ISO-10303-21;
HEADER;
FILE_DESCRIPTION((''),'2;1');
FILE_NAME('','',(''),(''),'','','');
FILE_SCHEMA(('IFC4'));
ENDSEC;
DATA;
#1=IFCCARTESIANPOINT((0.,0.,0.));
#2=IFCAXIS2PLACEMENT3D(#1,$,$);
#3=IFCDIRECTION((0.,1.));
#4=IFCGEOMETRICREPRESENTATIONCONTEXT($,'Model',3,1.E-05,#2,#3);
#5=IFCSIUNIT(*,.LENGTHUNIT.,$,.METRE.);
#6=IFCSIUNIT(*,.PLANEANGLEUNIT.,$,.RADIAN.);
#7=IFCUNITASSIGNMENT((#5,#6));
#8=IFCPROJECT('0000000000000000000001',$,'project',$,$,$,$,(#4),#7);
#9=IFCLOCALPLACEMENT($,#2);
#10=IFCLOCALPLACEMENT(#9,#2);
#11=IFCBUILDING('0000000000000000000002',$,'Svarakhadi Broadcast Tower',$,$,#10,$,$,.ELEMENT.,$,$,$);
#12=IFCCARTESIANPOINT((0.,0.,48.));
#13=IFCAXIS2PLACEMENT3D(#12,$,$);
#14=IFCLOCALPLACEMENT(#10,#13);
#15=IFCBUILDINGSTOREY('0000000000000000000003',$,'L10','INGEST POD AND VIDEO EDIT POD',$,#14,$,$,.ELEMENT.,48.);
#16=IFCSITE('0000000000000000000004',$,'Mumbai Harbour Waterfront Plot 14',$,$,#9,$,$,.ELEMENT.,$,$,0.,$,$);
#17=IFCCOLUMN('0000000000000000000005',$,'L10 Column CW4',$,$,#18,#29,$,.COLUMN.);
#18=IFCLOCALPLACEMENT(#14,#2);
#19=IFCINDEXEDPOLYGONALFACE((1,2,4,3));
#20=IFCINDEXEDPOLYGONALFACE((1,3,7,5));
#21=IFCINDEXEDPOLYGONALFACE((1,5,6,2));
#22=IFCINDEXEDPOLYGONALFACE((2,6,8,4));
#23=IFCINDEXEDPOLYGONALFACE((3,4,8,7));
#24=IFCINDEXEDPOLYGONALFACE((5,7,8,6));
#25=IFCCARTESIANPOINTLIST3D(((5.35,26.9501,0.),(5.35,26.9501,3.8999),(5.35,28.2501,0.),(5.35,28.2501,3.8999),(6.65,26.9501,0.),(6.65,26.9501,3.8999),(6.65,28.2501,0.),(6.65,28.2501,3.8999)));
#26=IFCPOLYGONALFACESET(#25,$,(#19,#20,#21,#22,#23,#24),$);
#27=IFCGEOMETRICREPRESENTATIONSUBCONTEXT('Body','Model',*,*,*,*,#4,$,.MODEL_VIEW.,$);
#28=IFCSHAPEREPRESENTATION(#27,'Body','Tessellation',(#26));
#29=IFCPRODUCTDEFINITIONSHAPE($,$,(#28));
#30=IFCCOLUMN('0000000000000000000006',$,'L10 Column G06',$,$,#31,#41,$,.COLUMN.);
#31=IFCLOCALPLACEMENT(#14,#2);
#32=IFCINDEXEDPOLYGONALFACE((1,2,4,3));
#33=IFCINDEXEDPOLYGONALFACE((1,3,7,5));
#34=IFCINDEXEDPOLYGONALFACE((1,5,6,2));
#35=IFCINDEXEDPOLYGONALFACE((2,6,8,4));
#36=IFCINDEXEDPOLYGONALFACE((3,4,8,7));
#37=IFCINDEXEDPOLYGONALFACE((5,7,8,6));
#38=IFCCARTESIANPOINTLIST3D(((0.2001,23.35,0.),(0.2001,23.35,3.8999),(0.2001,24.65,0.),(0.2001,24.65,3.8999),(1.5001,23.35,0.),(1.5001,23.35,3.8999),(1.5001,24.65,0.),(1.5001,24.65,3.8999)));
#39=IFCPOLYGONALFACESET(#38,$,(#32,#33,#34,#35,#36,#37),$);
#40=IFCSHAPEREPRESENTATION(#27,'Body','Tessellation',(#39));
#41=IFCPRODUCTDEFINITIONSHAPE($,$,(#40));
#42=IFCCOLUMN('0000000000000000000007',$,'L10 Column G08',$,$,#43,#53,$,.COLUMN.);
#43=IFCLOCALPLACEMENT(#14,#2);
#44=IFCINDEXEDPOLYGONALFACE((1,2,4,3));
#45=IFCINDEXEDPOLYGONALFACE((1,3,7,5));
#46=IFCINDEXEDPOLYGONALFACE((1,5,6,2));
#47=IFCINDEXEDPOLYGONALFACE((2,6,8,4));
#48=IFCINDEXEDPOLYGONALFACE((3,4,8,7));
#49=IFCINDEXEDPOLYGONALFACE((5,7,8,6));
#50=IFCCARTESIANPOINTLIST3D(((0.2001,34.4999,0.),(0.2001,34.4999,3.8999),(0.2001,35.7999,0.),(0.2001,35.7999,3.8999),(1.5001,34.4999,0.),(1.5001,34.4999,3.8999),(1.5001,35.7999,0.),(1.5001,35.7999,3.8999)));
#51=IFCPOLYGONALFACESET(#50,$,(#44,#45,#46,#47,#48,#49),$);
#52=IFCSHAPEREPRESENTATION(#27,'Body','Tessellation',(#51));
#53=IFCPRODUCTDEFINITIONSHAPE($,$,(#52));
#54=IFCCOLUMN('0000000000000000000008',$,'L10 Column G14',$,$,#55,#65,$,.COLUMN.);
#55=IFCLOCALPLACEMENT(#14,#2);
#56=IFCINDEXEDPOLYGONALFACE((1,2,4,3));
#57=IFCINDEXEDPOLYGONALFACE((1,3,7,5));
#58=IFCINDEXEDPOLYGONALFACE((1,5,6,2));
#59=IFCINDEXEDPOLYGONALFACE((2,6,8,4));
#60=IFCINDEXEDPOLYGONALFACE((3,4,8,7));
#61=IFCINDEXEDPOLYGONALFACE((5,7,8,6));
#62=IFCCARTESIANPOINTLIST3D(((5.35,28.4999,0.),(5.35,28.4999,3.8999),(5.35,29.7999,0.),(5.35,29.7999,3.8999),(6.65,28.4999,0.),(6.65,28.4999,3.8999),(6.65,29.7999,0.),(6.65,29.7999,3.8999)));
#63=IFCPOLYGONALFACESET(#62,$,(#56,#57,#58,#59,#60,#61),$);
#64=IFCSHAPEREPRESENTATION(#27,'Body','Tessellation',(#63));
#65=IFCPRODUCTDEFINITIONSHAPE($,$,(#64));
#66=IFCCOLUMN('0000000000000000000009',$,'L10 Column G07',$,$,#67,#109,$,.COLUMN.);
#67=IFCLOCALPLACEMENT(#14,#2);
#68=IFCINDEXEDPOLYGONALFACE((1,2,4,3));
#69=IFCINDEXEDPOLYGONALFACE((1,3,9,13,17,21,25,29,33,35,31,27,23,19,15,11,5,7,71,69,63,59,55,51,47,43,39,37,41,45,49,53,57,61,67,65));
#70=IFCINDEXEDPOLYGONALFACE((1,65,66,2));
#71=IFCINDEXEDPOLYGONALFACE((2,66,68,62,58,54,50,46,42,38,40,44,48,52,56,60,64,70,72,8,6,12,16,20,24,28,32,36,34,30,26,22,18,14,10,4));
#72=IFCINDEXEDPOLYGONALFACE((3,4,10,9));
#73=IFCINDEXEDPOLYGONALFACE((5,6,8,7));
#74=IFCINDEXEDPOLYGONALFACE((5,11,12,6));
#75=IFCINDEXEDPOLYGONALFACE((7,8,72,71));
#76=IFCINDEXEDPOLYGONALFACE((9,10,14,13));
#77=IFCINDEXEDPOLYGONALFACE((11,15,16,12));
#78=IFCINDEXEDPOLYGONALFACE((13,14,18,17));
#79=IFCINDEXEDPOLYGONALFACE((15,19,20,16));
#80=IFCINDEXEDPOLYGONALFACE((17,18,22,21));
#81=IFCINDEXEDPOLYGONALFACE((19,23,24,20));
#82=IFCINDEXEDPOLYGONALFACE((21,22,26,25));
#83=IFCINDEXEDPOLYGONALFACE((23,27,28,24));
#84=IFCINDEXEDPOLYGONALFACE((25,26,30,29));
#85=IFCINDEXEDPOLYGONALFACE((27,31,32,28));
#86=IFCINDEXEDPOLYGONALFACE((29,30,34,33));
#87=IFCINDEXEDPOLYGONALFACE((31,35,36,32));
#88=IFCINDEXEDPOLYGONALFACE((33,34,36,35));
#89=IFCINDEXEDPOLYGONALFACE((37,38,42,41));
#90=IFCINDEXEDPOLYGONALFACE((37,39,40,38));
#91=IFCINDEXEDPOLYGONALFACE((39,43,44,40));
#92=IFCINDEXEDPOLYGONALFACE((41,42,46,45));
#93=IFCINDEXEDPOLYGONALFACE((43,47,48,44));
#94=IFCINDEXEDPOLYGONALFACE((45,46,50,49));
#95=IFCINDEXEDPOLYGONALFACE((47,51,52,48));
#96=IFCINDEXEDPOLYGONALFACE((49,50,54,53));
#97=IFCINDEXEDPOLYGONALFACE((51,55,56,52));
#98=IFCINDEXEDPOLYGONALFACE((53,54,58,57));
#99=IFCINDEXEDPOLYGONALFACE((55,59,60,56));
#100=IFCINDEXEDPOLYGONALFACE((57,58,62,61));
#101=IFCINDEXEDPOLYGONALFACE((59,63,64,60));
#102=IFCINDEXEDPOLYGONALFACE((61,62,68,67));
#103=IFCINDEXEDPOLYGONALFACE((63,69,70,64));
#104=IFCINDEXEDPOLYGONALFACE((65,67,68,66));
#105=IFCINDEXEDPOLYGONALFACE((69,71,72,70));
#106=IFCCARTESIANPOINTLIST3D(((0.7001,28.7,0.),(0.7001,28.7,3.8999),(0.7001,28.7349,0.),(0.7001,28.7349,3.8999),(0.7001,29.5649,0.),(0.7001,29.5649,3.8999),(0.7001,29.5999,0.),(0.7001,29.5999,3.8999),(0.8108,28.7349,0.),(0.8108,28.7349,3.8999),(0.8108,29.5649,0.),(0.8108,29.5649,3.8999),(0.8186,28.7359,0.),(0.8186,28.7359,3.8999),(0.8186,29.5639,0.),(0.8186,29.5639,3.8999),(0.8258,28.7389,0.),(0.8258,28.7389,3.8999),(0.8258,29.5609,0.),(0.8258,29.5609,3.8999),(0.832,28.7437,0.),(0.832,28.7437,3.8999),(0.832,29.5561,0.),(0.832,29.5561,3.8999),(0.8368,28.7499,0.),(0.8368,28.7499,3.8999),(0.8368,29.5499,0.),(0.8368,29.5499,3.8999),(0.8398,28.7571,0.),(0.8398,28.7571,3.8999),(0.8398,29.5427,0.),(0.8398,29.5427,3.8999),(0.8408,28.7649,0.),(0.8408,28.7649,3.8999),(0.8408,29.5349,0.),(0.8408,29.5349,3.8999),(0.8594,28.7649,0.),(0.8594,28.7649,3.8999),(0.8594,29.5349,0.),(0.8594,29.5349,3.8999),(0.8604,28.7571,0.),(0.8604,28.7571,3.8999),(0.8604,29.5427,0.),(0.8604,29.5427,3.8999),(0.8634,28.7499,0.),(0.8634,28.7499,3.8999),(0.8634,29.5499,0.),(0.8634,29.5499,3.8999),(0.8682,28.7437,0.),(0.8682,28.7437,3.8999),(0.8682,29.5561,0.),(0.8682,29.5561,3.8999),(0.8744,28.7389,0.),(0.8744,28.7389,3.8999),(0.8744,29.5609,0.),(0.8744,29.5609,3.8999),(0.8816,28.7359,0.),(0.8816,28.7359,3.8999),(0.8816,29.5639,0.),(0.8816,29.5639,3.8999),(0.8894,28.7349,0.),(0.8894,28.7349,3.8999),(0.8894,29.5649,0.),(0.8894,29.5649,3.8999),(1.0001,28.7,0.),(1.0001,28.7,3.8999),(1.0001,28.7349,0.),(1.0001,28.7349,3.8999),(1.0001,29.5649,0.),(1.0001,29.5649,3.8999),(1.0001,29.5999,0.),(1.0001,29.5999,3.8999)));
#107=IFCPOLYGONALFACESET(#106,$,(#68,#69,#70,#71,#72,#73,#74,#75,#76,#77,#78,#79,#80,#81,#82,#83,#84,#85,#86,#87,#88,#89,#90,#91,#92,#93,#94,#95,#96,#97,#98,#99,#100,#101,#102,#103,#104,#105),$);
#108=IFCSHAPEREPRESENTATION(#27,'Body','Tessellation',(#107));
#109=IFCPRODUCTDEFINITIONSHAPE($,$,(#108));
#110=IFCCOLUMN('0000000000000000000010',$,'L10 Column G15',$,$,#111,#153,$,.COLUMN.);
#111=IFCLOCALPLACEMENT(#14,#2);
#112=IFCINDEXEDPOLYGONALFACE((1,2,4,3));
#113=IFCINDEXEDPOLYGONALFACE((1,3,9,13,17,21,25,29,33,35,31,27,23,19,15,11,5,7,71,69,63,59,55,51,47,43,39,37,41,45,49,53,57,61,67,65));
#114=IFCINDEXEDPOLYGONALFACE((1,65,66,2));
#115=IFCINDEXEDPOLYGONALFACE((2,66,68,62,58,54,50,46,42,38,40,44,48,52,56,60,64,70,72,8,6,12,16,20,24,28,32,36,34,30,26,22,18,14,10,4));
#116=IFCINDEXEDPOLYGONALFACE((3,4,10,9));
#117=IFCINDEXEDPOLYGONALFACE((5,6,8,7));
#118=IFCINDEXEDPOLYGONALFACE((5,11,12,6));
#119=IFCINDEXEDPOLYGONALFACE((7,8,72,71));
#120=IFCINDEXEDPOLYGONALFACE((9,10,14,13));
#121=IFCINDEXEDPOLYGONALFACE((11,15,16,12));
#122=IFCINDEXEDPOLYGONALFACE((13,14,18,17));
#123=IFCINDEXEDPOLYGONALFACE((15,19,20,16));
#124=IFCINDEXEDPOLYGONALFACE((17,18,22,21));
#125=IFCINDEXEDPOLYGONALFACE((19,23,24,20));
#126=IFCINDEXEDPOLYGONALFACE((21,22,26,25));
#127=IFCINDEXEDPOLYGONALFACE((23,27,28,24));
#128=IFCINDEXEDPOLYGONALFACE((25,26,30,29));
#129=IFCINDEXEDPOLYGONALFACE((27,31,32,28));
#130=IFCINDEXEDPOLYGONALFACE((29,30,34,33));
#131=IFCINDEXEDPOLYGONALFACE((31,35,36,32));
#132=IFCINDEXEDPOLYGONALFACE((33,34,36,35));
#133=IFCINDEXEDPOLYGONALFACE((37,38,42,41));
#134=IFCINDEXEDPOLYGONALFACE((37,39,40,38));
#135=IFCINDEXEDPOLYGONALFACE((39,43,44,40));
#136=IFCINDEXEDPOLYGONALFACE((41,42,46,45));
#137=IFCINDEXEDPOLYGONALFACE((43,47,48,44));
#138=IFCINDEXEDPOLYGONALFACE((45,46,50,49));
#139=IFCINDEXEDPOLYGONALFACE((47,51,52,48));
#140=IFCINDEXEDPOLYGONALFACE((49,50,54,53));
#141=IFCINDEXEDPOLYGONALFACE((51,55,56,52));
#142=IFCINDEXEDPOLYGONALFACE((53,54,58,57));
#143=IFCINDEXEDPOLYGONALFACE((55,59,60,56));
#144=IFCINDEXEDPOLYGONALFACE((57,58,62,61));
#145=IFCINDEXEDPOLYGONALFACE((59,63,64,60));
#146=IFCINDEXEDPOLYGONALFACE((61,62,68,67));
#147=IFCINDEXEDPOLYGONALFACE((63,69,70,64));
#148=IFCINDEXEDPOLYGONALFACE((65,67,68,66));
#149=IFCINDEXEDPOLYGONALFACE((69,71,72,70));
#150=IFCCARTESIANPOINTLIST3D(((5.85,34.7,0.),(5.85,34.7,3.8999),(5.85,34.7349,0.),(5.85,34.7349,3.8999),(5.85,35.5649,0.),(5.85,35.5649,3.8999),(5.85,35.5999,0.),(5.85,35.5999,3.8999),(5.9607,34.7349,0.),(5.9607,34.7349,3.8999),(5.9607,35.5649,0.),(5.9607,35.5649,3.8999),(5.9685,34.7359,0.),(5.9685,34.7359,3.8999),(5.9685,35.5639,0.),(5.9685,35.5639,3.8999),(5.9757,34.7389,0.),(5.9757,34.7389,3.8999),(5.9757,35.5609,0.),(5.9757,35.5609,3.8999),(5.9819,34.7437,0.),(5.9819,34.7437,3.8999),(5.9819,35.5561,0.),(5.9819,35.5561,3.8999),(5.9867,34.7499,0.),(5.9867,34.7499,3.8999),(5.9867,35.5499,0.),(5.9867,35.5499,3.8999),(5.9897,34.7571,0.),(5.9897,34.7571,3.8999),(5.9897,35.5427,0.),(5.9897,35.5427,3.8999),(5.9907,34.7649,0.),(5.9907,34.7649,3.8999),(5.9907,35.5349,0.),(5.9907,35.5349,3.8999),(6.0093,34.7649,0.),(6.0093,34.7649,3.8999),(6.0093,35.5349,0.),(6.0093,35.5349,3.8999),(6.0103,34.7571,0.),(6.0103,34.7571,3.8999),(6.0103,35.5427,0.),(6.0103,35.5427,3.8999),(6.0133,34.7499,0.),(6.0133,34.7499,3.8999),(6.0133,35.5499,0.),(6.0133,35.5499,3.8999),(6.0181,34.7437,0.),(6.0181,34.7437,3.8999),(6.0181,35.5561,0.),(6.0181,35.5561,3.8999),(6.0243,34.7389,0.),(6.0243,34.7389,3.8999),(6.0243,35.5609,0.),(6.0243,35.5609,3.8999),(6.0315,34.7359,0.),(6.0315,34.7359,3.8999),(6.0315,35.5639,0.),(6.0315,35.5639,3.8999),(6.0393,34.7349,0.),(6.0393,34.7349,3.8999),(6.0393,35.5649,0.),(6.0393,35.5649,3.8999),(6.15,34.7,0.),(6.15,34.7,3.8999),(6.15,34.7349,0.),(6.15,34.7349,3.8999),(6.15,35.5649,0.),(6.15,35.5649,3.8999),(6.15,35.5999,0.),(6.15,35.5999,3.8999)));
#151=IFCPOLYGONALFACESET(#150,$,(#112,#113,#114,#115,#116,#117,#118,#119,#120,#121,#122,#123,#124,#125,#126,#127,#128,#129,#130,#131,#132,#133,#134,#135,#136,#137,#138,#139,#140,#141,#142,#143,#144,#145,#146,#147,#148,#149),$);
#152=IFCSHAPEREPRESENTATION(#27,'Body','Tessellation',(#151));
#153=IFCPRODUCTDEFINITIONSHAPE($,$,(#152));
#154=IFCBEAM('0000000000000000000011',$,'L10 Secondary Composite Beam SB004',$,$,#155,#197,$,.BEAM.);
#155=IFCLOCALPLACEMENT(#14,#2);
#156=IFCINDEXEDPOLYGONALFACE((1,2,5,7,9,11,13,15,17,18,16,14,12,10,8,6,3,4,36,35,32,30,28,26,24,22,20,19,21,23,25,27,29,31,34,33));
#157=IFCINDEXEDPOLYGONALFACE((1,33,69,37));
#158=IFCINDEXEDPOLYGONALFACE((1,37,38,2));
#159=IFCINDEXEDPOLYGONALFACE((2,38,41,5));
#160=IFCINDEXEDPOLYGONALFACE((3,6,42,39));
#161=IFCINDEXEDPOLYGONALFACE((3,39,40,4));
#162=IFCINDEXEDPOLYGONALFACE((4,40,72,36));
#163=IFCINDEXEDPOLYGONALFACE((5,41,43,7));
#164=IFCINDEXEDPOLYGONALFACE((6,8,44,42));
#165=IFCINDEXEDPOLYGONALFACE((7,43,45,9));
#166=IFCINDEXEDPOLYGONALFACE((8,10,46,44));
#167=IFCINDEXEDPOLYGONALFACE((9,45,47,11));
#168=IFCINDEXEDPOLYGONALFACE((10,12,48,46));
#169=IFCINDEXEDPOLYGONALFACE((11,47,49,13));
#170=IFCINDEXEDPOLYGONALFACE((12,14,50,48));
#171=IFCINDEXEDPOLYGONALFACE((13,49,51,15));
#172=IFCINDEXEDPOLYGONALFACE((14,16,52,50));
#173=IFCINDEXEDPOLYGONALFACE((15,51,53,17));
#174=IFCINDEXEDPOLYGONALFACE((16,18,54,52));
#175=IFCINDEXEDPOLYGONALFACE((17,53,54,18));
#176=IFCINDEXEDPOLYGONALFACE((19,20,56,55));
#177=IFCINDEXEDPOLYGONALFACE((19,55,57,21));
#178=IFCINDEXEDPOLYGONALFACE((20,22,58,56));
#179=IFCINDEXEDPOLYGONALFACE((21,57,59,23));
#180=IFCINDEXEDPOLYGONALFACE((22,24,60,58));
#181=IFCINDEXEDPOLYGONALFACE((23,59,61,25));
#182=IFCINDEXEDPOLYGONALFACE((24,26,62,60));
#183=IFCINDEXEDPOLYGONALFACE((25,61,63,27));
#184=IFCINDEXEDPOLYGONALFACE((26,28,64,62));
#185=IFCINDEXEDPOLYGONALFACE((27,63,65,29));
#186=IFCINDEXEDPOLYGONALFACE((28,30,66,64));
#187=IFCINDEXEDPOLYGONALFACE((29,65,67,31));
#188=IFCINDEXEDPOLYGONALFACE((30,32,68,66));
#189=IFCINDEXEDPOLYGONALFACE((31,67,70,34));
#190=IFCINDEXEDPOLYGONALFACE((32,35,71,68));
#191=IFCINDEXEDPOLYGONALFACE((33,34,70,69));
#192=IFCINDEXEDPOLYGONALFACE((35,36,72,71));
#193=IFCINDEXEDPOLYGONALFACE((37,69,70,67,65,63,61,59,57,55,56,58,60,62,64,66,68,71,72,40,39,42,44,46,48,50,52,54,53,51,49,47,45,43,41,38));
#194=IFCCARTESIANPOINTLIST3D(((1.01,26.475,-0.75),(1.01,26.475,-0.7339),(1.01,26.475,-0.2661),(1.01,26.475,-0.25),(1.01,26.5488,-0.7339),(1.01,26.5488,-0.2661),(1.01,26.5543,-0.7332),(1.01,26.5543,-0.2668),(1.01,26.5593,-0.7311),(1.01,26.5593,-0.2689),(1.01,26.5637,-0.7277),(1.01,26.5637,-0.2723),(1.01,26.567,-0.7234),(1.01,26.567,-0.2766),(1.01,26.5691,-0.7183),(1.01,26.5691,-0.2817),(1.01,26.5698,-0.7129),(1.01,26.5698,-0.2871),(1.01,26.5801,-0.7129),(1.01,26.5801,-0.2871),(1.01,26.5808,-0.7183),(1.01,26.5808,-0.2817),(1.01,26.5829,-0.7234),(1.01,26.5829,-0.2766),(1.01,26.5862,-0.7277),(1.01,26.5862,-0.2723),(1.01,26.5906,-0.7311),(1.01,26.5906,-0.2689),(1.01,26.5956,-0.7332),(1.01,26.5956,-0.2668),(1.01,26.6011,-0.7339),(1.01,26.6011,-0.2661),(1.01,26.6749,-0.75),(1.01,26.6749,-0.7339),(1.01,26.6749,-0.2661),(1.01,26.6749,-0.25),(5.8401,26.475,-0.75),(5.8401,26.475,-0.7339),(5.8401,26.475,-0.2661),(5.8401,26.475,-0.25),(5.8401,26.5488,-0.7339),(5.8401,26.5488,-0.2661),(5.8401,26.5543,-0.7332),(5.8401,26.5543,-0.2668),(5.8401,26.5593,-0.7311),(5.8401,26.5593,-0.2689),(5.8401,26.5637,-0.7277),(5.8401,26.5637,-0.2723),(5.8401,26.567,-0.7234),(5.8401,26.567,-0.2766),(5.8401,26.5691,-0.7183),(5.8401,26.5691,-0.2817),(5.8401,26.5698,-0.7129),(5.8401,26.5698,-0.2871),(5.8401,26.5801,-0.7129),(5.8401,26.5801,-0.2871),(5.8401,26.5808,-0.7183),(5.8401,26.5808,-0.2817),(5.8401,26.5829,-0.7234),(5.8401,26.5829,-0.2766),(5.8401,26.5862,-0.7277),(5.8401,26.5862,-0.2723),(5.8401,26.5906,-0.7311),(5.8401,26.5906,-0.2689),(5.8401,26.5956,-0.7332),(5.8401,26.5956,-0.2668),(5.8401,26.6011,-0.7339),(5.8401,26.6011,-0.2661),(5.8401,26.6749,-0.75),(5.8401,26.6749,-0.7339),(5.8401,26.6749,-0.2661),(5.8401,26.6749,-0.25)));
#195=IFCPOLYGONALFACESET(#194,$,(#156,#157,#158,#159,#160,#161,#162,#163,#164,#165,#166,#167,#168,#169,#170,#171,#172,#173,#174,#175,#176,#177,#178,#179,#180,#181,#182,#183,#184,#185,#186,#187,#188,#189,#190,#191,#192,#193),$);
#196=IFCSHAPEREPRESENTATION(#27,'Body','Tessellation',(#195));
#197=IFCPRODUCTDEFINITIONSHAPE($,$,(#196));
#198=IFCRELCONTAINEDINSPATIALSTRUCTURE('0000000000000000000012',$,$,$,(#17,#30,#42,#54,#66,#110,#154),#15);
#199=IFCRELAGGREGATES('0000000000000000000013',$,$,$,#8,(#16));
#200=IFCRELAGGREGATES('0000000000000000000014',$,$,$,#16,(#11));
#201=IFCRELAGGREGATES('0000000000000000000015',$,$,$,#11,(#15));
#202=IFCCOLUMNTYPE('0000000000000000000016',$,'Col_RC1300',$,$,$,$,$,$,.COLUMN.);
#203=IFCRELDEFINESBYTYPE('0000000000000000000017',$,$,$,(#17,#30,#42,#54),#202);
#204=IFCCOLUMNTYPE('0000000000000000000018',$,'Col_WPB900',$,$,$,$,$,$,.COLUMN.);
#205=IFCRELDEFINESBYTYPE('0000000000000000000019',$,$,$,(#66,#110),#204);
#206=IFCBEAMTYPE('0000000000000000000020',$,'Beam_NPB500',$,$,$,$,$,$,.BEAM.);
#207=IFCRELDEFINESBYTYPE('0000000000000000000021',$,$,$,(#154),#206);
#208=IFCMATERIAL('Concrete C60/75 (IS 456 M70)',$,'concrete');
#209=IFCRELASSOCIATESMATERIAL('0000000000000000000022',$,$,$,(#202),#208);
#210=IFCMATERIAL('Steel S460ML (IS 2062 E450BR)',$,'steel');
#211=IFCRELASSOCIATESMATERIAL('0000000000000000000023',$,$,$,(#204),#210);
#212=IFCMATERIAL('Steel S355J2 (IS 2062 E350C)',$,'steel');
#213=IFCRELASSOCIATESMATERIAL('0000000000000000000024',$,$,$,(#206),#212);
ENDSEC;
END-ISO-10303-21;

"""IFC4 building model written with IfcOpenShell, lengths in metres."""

from ifc_helpers import new_model, si_unit, direction, frame, origin, origin_2d, place, context, subcontext, project, spatial, rectangle, i_section, extrude, material, material_profile, profile_set, type_object, element, save


model = new_model("IFC4")

# Units and contexts
model_context = context("Model", 3, precision=1e-05, world=origin(), true_north=direction((0.0, 1.0)))
body_context = subcontext(model_context, "Body", "Model", "MODEL_VIEW")
ifc_project = project(units=[si_unit("LENGTHUNIT", "METRE"), si_unit("PLANEANGLEUNIT", "RADIAN")], contexts=[model_context])

# Site, building, storey
site_placement = place(None, origin())
site = spatial("IfcSite", under=ifc_project, at=site_placement, Name="Mumbai Harbour Waterfront Plot 14", CompositionType="ELEMENT", RefElevation=0.0)
building_placement = place(site_placement, origin())
building = spatial("IfcBuilding", under=site, at=building_placement, Name="Svarakhadi Broadcast Tower", CompositionType="ELEMENT")
storey_placement = place(building_placement, frame((0.0, 0.0, 48.0)))
storey = spatial("IfcBuildingStorey", under=building, at=storey_placement, Name="L10", Description="INGEST POD AND VIDEO EDIT POD", CompositionType="ELEMENT", Elevation=48.0)

# Columns
ifc_material_1 = material(Name="Concrete C60/75 (IS 456 M70)", Category="concrete")
ifc_material_profile_1 = material_profile(ifc_material_1, rectangle(XDim=1.3, YDim=1.3, at=origin_2d()), Name="RC 1300x1300")
ifc_profile_set_1 = profile_set([ifc_material_profile_1], Name="Concrete C60/75 (IS 456 M70)")
column_type_1 = type_object("IfcColumnType", Name="Col_RC1300", PredefinedType="COLUMN", material=ifc_profile_set_1)
for number, where, z_axis, x_axis, name in (
    (1, (6.0, 27.6001, 0.0), (0.0, 0.0, 1.0), (1.0, 0.0, 0.0), "L10 Column CW4"),
    (2, (0.8501, 24.0, 0.0), (0.0, 0.0, 1.0), (1.0, 0.0, 0.0), "L10 Column G06"),
    (3, (0.8501, 35.1499, 0.0), (0.0, 0.0, 1.0), (1.0, 0.0, 0.0), "L10 Column G08"),
    (4, (6.0, 29.1499, 0.0), (0.0, 0.0, 1.0), (1.0, 0.0, 0.0), "L10 Column G14"),
):
    element("IfcColumn", number, at=place(storey_placement, frame(where, z_axis=z_axis, x_axis=x_axis)), inside=storey, type_object=column_type_1, Name=name, PredefinedType="COLUMN", context=body_context, shape_type="SweptSolid", body=[
        extrude(rectangle(XDim=1.3, YDim=1.3, at=origin_2d()), origin(), (0.0, 0.0, 1.0), 3.8999),
    ])
ifc_material_2 = material(Name="Steel S460ML (IS 2062 E450BR)", Category="steel")
ifc_material_profile_2 = material_profile(ifc_material_2, i_section(OverallWidth=0.3, OverallDepth=0.8999, WebThickness=0.0186, FlangeThickness=0.0349, FilletRadius=0.03, at=origin_2d()), Name="WPB 900x300x291")
ifc_profile_set_2 = profile_set([ifc_material_profile_2], Name="Steel S460ML (IS 2062 E450BR)")
column_type_2 = type_object("IfcColumnType", Name="Col_WPB900", PredefinedType="COLUMN", material=ifc_profile_set_2)
for number, where, z_axis, x_axis, name in (
    (5, (0.8501, 29.1499, 0.0), (0.0, 0.0, 1.0), (1.0, 0.0, 0.0), "L10 Column G07"),
    (6, (6.0, 35.1499, 0.0), (0.0, 0.0, 1.0), (1.0, 0.0, 0.0), "L10 Column G15"),
):
    element("IfcColumn", number, at=place(storey_placement, frame(where, z_axis=z_axis, x_axis=x_axis)), inside=storey, type_object=column_type_2, Name=name, PredefinedType="COLUMN", context=body_context, shape_type="SweptSolid", body=[
        extrude(i_section(OverallWidth=0.3, OverallDepth=0.8999, WebThickness=0.0186, FlangeThickness=0.0349, FilletRadius=0.03, at=origin_2d()), origin(), (0.0, 0.0, 1.0), 3.8999),
    ])

# Beam
ifc_material_3 = material(Name="Steel S355J2 (IS 2062 E350C)", Category="steel")
ifc_material_profile_3 = material_profile(ifc_material_3, i_section(OverallWidth=0.2, OverallDepth=0.5, WebThickness=0.0103, FlangeThickness=0.0161, FilletRadius=0.021, at=origin_2d()), Name="NPB 500x200x91")
ifc_profile_set_3 = profile_set([ifc_material_profile_3], Name="Steel S355J2 (IS 2062 E350C)")
beam_type_1 = type_object("IfcBeamType", Name="Beam_NPB500", PredefinedType="BEAM", material=ifc_profile_set_3)
for number, where, z_axis, x_axis, name in (
    (7, (1.01, 26.575, -0.5), (1.0, 0.0, 0.0), (0.0, 1.0, 0.0), "L10 Secondary Composite Beam SB004"),
):
    element("IfcBeam", number, at=place(storey_placement, frame(where, z_axis=z_axis, x_axis=x_axis)), inside=storey, type_object=beam_type_1, Name=name, PredefinedType="BEAM", context=body_context, shape_type="SweptSolid", body=[
        extrude(i_section(OverallWidth=0.2, OverallDepth=0.5, WebThickness=0.0103, FlangeThickness=0.0161, FilletRadius=0.021, at=origin_2d()), origin(), (0.0, 0.0, 1.0), 4.8301),
    ])

save(model, "model.ifc")
